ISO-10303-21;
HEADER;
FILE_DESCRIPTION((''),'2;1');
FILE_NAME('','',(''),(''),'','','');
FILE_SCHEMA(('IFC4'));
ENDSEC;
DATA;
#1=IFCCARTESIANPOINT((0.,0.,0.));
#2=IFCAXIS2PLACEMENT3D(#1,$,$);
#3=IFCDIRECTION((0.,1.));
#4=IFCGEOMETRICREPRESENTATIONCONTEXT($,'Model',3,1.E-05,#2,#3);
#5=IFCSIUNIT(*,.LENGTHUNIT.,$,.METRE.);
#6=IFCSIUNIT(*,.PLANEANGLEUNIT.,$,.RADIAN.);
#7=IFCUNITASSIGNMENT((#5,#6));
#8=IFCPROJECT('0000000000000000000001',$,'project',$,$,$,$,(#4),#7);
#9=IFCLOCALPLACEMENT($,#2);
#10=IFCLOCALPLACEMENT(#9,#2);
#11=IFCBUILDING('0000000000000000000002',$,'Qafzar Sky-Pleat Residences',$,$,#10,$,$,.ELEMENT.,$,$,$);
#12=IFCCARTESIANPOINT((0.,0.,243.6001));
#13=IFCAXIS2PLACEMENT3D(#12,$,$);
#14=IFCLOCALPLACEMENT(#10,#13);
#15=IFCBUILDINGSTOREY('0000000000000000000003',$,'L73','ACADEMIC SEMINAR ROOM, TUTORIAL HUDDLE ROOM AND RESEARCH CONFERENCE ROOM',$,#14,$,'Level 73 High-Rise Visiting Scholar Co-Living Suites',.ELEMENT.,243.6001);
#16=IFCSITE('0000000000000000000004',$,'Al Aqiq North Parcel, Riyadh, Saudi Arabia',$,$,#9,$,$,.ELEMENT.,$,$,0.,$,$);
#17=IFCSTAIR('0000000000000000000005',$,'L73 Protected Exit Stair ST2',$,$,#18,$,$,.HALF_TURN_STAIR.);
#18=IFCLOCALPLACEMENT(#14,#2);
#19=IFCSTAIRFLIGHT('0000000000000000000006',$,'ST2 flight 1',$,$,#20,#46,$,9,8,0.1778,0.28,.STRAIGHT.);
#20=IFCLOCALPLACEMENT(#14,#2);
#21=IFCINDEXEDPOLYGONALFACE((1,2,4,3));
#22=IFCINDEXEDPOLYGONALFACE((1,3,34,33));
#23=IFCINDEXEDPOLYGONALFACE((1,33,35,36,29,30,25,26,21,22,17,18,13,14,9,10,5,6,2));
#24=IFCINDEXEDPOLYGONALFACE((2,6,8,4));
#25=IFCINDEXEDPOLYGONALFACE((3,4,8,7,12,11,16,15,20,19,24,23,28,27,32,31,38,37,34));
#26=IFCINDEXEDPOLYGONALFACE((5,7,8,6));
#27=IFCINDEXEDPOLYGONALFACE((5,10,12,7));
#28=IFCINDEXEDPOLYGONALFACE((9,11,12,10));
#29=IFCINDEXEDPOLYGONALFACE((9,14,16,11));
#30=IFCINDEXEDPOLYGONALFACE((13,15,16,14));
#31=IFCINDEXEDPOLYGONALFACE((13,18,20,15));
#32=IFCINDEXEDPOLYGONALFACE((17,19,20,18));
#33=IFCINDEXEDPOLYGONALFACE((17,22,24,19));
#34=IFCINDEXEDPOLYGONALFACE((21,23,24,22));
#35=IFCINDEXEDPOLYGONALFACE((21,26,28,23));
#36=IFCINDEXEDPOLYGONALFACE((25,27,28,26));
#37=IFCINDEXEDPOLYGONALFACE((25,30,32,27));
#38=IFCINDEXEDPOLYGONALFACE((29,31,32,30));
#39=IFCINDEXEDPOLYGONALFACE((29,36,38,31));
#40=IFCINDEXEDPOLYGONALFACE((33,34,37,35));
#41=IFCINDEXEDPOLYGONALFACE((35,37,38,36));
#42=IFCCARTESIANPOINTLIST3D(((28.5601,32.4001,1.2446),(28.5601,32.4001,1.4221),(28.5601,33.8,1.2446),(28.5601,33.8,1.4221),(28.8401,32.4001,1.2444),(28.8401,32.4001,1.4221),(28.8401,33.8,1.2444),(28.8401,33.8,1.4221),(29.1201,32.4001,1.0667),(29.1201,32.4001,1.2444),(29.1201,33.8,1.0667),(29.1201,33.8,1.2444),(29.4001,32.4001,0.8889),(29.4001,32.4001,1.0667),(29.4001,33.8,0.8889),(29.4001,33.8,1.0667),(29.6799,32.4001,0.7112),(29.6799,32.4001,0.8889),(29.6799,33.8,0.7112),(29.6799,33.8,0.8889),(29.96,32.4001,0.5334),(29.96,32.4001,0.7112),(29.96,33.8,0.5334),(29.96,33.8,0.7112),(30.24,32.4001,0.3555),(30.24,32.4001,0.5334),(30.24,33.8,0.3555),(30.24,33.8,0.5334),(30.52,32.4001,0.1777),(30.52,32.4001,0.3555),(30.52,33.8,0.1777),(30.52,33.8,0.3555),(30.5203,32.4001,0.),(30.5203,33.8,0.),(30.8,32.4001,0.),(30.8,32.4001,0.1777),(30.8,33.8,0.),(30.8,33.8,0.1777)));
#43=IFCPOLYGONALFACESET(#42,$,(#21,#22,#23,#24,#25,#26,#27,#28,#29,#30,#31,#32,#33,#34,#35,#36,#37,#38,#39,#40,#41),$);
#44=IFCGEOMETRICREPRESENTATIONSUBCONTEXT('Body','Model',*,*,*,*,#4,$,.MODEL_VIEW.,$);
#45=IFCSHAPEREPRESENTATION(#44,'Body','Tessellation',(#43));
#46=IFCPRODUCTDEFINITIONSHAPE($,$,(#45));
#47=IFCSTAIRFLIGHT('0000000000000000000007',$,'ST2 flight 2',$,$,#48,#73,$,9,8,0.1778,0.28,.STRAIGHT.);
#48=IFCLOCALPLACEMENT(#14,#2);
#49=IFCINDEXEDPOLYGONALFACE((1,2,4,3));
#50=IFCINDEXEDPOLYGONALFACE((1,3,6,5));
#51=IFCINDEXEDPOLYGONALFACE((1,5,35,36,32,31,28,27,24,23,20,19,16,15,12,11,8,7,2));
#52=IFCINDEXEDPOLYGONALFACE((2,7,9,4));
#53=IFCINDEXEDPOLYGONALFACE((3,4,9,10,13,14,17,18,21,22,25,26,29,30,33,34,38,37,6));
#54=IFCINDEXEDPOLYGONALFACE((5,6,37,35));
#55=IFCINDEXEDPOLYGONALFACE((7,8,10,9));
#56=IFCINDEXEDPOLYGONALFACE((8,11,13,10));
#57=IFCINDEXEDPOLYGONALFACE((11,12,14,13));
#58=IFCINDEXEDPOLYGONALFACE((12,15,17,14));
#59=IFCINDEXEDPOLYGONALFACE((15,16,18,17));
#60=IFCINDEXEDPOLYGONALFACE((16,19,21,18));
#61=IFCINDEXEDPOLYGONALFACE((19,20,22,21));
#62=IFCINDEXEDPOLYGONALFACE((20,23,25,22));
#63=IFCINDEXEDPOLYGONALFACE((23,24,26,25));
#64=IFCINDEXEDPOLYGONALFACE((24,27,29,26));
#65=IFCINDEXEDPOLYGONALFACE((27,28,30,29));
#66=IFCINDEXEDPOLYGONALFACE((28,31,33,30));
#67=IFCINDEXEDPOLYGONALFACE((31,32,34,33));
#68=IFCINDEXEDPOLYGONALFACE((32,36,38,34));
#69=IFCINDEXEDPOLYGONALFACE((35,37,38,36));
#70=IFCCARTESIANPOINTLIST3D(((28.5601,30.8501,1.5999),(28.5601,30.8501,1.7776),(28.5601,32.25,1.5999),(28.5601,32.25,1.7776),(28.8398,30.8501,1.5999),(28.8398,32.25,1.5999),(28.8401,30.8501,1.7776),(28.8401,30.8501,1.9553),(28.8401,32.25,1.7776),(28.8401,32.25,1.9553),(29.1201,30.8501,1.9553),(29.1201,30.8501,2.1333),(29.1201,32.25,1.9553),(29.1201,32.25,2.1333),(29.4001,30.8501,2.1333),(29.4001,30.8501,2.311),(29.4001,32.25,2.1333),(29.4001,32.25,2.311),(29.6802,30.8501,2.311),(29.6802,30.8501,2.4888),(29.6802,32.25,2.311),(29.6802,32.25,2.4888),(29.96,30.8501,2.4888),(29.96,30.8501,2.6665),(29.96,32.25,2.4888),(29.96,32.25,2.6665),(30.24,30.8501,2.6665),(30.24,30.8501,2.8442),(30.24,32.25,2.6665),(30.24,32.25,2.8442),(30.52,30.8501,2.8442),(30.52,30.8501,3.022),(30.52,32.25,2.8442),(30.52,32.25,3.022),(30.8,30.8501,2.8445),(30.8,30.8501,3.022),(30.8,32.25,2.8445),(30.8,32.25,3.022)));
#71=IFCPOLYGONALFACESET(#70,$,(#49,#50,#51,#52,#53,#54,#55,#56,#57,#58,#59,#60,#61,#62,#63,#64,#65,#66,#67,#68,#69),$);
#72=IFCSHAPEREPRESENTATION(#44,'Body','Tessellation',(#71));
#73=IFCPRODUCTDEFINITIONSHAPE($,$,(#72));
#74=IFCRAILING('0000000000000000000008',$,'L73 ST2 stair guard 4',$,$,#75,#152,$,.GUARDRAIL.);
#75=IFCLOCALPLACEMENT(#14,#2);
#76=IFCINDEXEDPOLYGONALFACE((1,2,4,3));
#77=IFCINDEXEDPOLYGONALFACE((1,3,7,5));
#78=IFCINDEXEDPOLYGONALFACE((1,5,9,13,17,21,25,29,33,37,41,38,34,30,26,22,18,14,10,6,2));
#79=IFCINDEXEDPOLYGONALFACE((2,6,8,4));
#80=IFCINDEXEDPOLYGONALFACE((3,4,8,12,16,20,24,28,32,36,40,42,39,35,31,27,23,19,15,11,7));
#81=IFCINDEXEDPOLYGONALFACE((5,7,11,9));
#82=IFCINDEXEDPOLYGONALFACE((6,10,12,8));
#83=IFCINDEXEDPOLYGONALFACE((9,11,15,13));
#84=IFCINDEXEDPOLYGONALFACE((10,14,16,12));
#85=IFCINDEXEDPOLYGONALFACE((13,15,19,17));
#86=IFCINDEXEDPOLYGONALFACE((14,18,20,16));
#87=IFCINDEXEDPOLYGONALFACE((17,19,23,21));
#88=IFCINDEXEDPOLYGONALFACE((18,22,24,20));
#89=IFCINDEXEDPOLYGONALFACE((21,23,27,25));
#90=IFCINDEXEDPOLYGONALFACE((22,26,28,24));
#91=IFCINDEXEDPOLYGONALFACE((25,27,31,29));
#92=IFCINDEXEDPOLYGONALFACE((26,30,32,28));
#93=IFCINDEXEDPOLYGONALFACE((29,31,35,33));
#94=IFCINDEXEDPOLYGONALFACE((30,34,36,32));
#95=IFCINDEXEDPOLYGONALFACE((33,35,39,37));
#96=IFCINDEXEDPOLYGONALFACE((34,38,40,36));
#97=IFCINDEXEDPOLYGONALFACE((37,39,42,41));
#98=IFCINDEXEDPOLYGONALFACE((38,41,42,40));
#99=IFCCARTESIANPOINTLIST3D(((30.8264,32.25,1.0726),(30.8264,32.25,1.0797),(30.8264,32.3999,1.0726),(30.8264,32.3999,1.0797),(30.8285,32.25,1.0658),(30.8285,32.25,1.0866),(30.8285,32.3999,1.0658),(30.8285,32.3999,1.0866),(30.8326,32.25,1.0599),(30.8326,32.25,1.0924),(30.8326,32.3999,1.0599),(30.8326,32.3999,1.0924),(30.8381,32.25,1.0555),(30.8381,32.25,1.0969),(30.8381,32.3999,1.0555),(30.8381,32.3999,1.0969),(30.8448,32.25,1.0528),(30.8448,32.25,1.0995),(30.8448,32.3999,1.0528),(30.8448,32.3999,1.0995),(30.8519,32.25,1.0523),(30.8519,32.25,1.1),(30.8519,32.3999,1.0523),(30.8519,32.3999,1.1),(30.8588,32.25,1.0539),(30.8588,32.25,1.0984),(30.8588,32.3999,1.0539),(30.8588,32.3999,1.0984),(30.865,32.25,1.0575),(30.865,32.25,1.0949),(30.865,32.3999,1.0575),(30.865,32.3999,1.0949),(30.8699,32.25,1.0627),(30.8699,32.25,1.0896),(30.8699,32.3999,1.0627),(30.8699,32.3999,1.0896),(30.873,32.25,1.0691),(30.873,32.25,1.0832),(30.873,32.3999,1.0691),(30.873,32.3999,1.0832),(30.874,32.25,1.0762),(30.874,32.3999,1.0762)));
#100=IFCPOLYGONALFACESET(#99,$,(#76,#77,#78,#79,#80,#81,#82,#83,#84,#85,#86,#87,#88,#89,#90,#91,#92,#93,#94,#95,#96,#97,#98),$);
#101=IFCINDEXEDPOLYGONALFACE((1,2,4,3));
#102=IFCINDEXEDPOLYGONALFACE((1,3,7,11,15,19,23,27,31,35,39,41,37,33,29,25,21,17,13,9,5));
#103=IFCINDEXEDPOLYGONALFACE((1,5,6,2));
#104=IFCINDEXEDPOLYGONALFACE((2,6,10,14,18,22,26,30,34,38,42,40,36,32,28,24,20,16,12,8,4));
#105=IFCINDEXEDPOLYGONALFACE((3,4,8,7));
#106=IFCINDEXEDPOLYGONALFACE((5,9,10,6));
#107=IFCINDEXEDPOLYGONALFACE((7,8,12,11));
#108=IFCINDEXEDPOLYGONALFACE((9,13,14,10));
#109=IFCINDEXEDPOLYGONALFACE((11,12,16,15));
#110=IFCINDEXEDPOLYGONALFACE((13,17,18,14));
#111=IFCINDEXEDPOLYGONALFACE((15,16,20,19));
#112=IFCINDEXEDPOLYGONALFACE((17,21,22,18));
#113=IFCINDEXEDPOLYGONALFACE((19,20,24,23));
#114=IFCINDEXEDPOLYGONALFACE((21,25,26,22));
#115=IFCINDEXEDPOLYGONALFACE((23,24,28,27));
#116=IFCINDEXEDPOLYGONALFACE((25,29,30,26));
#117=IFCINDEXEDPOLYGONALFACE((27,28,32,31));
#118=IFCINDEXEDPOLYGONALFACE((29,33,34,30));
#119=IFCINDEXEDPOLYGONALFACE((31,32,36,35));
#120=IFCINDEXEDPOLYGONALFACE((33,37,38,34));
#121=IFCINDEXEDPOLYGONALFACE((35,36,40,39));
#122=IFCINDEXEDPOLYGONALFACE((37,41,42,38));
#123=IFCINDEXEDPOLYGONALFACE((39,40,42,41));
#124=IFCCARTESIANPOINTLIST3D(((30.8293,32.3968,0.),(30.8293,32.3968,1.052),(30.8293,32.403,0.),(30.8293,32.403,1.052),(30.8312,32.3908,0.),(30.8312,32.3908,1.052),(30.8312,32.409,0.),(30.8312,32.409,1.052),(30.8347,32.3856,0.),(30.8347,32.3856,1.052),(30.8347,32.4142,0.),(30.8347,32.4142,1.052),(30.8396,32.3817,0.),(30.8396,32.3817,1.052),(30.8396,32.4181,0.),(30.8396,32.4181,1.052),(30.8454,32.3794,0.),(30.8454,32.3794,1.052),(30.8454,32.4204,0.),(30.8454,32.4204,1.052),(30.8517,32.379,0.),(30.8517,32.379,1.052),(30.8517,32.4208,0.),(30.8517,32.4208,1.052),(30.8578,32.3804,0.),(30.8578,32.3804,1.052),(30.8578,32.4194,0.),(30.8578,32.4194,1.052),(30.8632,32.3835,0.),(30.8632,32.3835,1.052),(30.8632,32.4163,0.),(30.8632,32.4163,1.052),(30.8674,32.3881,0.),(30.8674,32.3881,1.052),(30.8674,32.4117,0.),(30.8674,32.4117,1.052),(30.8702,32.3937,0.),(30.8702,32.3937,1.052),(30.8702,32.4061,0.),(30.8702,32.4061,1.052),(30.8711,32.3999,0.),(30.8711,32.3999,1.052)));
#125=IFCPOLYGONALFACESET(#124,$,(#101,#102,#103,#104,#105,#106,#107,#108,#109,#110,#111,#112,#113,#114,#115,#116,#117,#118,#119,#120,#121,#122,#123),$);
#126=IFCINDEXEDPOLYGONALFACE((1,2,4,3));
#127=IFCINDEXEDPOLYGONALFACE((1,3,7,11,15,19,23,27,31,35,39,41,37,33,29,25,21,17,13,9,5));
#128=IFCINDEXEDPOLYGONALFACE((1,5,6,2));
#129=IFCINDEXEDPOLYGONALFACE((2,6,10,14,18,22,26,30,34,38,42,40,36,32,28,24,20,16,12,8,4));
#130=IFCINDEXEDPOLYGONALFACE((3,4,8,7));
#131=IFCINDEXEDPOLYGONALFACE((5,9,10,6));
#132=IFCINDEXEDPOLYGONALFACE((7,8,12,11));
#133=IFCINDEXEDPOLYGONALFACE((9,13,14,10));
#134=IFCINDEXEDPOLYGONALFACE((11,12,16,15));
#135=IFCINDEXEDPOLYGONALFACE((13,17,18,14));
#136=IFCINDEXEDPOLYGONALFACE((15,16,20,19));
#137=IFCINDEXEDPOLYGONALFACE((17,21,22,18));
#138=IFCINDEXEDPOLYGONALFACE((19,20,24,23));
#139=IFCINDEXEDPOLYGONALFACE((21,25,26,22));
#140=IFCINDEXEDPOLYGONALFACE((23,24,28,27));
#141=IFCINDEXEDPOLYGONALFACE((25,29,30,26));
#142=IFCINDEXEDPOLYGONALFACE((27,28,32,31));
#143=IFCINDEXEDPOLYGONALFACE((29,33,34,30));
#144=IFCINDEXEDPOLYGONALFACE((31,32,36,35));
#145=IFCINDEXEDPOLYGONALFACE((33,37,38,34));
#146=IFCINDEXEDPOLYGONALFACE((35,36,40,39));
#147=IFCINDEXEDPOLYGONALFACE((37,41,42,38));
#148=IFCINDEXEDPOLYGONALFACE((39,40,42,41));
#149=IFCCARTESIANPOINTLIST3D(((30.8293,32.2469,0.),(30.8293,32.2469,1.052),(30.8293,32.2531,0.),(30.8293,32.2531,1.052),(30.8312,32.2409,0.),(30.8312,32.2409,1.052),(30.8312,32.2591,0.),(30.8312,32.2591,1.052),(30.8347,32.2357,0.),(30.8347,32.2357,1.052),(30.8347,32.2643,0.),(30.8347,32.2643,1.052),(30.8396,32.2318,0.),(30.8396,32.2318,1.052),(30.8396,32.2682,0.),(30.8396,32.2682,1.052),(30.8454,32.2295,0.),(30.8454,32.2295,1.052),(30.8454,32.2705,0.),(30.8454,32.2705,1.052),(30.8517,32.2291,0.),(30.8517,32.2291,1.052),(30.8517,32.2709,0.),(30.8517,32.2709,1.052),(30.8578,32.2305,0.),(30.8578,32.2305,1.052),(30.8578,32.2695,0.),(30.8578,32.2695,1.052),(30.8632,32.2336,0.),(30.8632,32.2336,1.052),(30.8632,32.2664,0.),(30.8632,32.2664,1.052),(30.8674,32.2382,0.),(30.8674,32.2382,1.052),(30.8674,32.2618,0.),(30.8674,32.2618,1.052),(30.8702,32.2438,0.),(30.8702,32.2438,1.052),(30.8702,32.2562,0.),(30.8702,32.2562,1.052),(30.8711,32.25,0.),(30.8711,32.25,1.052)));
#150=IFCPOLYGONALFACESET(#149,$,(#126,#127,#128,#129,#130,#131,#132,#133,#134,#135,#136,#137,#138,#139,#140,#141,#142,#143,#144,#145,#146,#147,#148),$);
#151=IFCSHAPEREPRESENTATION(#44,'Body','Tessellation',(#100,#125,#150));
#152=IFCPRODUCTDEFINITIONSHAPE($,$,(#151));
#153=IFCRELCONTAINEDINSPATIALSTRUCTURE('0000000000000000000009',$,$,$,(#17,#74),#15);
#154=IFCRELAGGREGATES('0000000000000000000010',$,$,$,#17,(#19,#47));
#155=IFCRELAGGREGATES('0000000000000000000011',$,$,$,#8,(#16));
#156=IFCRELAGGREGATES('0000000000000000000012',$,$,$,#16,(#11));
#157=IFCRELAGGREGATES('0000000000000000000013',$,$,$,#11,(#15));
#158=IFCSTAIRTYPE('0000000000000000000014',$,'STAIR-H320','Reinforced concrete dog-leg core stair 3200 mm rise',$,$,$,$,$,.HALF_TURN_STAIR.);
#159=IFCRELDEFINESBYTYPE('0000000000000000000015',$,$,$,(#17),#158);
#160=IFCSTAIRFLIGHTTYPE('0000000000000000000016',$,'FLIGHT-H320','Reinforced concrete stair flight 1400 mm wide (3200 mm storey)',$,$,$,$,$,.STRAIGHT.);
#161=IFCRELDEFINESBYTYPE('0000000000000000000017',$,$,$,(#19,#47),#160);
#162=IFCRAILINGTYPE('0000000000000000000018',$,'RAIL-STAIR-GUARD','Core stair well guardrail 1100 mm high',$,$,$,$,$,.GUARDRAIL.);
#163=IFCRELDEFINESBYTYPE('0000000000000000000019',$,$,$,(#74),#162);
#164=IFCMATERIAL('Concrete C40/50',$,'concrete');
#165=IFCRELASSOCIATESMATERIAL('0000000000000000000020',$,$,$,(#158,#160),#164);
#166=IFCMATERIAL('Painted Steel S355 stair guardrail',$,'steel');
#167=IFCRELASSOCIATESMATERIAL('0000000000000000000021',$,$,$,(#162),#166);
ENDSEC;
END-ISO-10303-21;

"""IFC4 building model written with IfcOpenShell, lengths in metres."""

from ifc_helpers import new_model, si_unit, direction, frame, origin, origin_2d, place, context, subcontext, project, spatial, polyline, circle, outline, extrude, source, transform, mapped, material, type_object, element, aggregate, save


model = new_model("IFC4")

# Units and contexts
model_context = context("Model", 3, precision=1e-05, world=origin(), true_north=direction((0.0, 1.0)))
body_context = subcontext(model_context, "Body", "Model", "MODEL_VIEW")
ifc_project = project(units=[si_unit("LENGTHUNIT", "METRE"), si_unit("PLANEANGLEUNIT", "RADIAN")], contexts=[model_context])

# Site, building, storey
site_placement = place(None, origin())
site = spatial("IfcSite", under=ifc_project, at=site_placement, Name="Al Aqiq North Parcel, Riyadh, Saudi Arabia", CompositionType="ELEMENT", RefElevation=0.0)
building_placement = place(site_placement, origin())
building = spatial("IfcBuilding", under=site, at=building_placement, Name="Qafzar Sky-Pleat Residences", CompositionType="ELEMENT")
storey_placement = place(building_placement, frame((0.0, 0.0, 243.6001)))
storey = spatial("IfcBuildingStorey", under=building, at=storey_placement, Name="L73", Description="ACADEMIC SEMINAR ROOM, TUTORIAL HUDDLE ROOM AND RESEARCH CONFERENCE ROOM", LongName="Level 73 High-Rise Visiting Scholar Co-Living Suites", CompositionType="ELEMENT", Elevation=243.6001)

# Stair, stair flights
ifc_material_1 = material(Name="Concrete C40/50", Category="concrete")
stair_type = type_object("IfcStairType", Name="STAIR-H320", Description="Reinforced concrete dog-leg core stair 3200 mm rise", PredefinedType="HALF_TURN_STAIR", material=ifc_material_1)
stair_placement = place(storey_placement, origin())
stair = element("IfcStair", 1, at=stair_placement, inside=storey, type_object=stair_type, Name="L73 Protected Exit Stair ST2", PredefinedType="HALF_TURN_STAIR")
stair_flight_type = type_object("IfcStairFlightType", Name="FLIGHT-H320", Description="Reinforced concrete stair flight 1400 mm wide (3200 mm storey)", PredefinedType="STRAIGHT", material=ifc_material_1)
shared_shape_1 = source(origin(), body_context, "Body", "SweptSolid", [
    extrude(outline(polyline([(0.0, 0.0), (0.0, 0.1777), (0.28, 0.1777), (0.28, 0.3555), (0.5601, 0.3555), (0.5601, 0.5334), (0.8401, 0.5334), (0.8401, 0.7112), (1.1201, 0.7112), (1.1201, 0.8889), (1.3999, 0.8889), (1.3999, 1.0667), (1.6799, 1.0667), (1.6799, 1.2444), (1.96, 1.2444), (1.96, 1.4221), (2.24, 1.4221), (2.24, 1.6001), (2.24, 1.2446), (0.2798, 0.0), (0.0, 0.0)])), frame((0.0, 0.7, 0.0), z_axis=(0.0, -1.0, 0.0), x_axis=(1.0, 0.0, 0.0)), (0.0, 0.0, 1.0), 1.3999),
])
stair_flight_1_placement = place(storey_placement, frame((30.8, 33.1001, 0.0), z_axis=(0.0, 0.0, 1.0), x_axis=(-1.0, 0.0, 0.0)))
stair_flight_1 = element("IfcStairFlight", 2, at=stair_flight_1_placement, type_object=stair_flight_type, Name="ST2 flight 1", NumberOfRisers=9, NumberOfTreads=8, PredefinedType="STRAIGHT", RiserHeight=0.1778, TreadLength=0.28, context=body_context, shape_type="MappedRepresentation", body=[
    mapped(shared_shape_1, transform((0.0, 0.0, 0.0), x_axis=(1.0, 0.0, 0.0), y_axis=(0.0, 1.0, 0.0), z_axis=(0.0, 0.0, 1.0), scale=1.0)),
])
stair_flight_2_placement = place(storey_placement, frame((28.5601, 31.55, 1.5999), z_axis=(0.0, 0.0, 1.0), x_axis=(1.0, 0.0, 0.0)))
stair_flight_2 = element("IfcStairFlight", 3, at=stair_flight_2_placement, type_object=stair_flight_type, Name="ST2 flight 2", NumberOfRisers=9, NumberOfTreads=8, PredefinedType="STRAIGHT", RiserHeight=0.1778, TreadLength=0.28, context=body_context, shape_type="MappedRepresentation", body=[
    mapped(shared_shape_1, transform((0.0, 0.0, 0.0), x_axis=(1.0, 0.0, 0.0), y_axis=(0.0, 1.0, 0.0), z_axis=(0.0, 0.0, 1.0), scale=1.0)),
])
aggregate(stair, [stair_flight_1, stair_flight_2])

# Railing
ifc_material_2 = material(Name="Painted Steel S355 stair guardrail", Category="steel")
railing_type_1 = type_object("IfcRailingType", Name="RAIL-STAIR-GUARD", Description="Core stair well guardrail 1100 mm high", PredefinedType="GUARDRAIL", material=ifc_material_2)
shared_shape_2 = source(origin(), body_context, "Body", "SweptSolid", [
    extrude(circle(Radius=0.0239, at=origin_2d()), frame((0.0, 0.0, 1.0762), z_axis=(0.0, -1.0, 0.0), x_axis=(1.0, 0.0, 0.0)), (0.0, 0.0, 1.0), 0.1499),
    extrude(circle(Radius=0.021, at=origin_2d()), origin(), (0.0, 0.0, 1.0), 1.052),
    extrude(circle(Radius=0.021, at=origin_2d()), frame((0.0, -0.1499, 0.0)), (0.0, 0.0, 1.0), 1.052),
])
railing_1_placement = place(storey_placement, frame((30.8501, 32.3999, 0.0)))
element("IfcRailing", 4, at=railing_1_placement, inside=storey, type_object=railing_type_1, Name="L73 ST2 stair guard 4", PredefinedType="GUARDRAIL", context=body_context, shape_type="MappedRepresentation", body=[
    mapped(shared_shape_2, transform((0.0, 0.0, 0.0), x_axis=(1.0, 0.0, 0.0), y_axis=(0.0, 1.0, 0.0), z_axis=(0.0, 0.0, 1.0), scale=1.0)),
])

save(model, "model.ifc")
